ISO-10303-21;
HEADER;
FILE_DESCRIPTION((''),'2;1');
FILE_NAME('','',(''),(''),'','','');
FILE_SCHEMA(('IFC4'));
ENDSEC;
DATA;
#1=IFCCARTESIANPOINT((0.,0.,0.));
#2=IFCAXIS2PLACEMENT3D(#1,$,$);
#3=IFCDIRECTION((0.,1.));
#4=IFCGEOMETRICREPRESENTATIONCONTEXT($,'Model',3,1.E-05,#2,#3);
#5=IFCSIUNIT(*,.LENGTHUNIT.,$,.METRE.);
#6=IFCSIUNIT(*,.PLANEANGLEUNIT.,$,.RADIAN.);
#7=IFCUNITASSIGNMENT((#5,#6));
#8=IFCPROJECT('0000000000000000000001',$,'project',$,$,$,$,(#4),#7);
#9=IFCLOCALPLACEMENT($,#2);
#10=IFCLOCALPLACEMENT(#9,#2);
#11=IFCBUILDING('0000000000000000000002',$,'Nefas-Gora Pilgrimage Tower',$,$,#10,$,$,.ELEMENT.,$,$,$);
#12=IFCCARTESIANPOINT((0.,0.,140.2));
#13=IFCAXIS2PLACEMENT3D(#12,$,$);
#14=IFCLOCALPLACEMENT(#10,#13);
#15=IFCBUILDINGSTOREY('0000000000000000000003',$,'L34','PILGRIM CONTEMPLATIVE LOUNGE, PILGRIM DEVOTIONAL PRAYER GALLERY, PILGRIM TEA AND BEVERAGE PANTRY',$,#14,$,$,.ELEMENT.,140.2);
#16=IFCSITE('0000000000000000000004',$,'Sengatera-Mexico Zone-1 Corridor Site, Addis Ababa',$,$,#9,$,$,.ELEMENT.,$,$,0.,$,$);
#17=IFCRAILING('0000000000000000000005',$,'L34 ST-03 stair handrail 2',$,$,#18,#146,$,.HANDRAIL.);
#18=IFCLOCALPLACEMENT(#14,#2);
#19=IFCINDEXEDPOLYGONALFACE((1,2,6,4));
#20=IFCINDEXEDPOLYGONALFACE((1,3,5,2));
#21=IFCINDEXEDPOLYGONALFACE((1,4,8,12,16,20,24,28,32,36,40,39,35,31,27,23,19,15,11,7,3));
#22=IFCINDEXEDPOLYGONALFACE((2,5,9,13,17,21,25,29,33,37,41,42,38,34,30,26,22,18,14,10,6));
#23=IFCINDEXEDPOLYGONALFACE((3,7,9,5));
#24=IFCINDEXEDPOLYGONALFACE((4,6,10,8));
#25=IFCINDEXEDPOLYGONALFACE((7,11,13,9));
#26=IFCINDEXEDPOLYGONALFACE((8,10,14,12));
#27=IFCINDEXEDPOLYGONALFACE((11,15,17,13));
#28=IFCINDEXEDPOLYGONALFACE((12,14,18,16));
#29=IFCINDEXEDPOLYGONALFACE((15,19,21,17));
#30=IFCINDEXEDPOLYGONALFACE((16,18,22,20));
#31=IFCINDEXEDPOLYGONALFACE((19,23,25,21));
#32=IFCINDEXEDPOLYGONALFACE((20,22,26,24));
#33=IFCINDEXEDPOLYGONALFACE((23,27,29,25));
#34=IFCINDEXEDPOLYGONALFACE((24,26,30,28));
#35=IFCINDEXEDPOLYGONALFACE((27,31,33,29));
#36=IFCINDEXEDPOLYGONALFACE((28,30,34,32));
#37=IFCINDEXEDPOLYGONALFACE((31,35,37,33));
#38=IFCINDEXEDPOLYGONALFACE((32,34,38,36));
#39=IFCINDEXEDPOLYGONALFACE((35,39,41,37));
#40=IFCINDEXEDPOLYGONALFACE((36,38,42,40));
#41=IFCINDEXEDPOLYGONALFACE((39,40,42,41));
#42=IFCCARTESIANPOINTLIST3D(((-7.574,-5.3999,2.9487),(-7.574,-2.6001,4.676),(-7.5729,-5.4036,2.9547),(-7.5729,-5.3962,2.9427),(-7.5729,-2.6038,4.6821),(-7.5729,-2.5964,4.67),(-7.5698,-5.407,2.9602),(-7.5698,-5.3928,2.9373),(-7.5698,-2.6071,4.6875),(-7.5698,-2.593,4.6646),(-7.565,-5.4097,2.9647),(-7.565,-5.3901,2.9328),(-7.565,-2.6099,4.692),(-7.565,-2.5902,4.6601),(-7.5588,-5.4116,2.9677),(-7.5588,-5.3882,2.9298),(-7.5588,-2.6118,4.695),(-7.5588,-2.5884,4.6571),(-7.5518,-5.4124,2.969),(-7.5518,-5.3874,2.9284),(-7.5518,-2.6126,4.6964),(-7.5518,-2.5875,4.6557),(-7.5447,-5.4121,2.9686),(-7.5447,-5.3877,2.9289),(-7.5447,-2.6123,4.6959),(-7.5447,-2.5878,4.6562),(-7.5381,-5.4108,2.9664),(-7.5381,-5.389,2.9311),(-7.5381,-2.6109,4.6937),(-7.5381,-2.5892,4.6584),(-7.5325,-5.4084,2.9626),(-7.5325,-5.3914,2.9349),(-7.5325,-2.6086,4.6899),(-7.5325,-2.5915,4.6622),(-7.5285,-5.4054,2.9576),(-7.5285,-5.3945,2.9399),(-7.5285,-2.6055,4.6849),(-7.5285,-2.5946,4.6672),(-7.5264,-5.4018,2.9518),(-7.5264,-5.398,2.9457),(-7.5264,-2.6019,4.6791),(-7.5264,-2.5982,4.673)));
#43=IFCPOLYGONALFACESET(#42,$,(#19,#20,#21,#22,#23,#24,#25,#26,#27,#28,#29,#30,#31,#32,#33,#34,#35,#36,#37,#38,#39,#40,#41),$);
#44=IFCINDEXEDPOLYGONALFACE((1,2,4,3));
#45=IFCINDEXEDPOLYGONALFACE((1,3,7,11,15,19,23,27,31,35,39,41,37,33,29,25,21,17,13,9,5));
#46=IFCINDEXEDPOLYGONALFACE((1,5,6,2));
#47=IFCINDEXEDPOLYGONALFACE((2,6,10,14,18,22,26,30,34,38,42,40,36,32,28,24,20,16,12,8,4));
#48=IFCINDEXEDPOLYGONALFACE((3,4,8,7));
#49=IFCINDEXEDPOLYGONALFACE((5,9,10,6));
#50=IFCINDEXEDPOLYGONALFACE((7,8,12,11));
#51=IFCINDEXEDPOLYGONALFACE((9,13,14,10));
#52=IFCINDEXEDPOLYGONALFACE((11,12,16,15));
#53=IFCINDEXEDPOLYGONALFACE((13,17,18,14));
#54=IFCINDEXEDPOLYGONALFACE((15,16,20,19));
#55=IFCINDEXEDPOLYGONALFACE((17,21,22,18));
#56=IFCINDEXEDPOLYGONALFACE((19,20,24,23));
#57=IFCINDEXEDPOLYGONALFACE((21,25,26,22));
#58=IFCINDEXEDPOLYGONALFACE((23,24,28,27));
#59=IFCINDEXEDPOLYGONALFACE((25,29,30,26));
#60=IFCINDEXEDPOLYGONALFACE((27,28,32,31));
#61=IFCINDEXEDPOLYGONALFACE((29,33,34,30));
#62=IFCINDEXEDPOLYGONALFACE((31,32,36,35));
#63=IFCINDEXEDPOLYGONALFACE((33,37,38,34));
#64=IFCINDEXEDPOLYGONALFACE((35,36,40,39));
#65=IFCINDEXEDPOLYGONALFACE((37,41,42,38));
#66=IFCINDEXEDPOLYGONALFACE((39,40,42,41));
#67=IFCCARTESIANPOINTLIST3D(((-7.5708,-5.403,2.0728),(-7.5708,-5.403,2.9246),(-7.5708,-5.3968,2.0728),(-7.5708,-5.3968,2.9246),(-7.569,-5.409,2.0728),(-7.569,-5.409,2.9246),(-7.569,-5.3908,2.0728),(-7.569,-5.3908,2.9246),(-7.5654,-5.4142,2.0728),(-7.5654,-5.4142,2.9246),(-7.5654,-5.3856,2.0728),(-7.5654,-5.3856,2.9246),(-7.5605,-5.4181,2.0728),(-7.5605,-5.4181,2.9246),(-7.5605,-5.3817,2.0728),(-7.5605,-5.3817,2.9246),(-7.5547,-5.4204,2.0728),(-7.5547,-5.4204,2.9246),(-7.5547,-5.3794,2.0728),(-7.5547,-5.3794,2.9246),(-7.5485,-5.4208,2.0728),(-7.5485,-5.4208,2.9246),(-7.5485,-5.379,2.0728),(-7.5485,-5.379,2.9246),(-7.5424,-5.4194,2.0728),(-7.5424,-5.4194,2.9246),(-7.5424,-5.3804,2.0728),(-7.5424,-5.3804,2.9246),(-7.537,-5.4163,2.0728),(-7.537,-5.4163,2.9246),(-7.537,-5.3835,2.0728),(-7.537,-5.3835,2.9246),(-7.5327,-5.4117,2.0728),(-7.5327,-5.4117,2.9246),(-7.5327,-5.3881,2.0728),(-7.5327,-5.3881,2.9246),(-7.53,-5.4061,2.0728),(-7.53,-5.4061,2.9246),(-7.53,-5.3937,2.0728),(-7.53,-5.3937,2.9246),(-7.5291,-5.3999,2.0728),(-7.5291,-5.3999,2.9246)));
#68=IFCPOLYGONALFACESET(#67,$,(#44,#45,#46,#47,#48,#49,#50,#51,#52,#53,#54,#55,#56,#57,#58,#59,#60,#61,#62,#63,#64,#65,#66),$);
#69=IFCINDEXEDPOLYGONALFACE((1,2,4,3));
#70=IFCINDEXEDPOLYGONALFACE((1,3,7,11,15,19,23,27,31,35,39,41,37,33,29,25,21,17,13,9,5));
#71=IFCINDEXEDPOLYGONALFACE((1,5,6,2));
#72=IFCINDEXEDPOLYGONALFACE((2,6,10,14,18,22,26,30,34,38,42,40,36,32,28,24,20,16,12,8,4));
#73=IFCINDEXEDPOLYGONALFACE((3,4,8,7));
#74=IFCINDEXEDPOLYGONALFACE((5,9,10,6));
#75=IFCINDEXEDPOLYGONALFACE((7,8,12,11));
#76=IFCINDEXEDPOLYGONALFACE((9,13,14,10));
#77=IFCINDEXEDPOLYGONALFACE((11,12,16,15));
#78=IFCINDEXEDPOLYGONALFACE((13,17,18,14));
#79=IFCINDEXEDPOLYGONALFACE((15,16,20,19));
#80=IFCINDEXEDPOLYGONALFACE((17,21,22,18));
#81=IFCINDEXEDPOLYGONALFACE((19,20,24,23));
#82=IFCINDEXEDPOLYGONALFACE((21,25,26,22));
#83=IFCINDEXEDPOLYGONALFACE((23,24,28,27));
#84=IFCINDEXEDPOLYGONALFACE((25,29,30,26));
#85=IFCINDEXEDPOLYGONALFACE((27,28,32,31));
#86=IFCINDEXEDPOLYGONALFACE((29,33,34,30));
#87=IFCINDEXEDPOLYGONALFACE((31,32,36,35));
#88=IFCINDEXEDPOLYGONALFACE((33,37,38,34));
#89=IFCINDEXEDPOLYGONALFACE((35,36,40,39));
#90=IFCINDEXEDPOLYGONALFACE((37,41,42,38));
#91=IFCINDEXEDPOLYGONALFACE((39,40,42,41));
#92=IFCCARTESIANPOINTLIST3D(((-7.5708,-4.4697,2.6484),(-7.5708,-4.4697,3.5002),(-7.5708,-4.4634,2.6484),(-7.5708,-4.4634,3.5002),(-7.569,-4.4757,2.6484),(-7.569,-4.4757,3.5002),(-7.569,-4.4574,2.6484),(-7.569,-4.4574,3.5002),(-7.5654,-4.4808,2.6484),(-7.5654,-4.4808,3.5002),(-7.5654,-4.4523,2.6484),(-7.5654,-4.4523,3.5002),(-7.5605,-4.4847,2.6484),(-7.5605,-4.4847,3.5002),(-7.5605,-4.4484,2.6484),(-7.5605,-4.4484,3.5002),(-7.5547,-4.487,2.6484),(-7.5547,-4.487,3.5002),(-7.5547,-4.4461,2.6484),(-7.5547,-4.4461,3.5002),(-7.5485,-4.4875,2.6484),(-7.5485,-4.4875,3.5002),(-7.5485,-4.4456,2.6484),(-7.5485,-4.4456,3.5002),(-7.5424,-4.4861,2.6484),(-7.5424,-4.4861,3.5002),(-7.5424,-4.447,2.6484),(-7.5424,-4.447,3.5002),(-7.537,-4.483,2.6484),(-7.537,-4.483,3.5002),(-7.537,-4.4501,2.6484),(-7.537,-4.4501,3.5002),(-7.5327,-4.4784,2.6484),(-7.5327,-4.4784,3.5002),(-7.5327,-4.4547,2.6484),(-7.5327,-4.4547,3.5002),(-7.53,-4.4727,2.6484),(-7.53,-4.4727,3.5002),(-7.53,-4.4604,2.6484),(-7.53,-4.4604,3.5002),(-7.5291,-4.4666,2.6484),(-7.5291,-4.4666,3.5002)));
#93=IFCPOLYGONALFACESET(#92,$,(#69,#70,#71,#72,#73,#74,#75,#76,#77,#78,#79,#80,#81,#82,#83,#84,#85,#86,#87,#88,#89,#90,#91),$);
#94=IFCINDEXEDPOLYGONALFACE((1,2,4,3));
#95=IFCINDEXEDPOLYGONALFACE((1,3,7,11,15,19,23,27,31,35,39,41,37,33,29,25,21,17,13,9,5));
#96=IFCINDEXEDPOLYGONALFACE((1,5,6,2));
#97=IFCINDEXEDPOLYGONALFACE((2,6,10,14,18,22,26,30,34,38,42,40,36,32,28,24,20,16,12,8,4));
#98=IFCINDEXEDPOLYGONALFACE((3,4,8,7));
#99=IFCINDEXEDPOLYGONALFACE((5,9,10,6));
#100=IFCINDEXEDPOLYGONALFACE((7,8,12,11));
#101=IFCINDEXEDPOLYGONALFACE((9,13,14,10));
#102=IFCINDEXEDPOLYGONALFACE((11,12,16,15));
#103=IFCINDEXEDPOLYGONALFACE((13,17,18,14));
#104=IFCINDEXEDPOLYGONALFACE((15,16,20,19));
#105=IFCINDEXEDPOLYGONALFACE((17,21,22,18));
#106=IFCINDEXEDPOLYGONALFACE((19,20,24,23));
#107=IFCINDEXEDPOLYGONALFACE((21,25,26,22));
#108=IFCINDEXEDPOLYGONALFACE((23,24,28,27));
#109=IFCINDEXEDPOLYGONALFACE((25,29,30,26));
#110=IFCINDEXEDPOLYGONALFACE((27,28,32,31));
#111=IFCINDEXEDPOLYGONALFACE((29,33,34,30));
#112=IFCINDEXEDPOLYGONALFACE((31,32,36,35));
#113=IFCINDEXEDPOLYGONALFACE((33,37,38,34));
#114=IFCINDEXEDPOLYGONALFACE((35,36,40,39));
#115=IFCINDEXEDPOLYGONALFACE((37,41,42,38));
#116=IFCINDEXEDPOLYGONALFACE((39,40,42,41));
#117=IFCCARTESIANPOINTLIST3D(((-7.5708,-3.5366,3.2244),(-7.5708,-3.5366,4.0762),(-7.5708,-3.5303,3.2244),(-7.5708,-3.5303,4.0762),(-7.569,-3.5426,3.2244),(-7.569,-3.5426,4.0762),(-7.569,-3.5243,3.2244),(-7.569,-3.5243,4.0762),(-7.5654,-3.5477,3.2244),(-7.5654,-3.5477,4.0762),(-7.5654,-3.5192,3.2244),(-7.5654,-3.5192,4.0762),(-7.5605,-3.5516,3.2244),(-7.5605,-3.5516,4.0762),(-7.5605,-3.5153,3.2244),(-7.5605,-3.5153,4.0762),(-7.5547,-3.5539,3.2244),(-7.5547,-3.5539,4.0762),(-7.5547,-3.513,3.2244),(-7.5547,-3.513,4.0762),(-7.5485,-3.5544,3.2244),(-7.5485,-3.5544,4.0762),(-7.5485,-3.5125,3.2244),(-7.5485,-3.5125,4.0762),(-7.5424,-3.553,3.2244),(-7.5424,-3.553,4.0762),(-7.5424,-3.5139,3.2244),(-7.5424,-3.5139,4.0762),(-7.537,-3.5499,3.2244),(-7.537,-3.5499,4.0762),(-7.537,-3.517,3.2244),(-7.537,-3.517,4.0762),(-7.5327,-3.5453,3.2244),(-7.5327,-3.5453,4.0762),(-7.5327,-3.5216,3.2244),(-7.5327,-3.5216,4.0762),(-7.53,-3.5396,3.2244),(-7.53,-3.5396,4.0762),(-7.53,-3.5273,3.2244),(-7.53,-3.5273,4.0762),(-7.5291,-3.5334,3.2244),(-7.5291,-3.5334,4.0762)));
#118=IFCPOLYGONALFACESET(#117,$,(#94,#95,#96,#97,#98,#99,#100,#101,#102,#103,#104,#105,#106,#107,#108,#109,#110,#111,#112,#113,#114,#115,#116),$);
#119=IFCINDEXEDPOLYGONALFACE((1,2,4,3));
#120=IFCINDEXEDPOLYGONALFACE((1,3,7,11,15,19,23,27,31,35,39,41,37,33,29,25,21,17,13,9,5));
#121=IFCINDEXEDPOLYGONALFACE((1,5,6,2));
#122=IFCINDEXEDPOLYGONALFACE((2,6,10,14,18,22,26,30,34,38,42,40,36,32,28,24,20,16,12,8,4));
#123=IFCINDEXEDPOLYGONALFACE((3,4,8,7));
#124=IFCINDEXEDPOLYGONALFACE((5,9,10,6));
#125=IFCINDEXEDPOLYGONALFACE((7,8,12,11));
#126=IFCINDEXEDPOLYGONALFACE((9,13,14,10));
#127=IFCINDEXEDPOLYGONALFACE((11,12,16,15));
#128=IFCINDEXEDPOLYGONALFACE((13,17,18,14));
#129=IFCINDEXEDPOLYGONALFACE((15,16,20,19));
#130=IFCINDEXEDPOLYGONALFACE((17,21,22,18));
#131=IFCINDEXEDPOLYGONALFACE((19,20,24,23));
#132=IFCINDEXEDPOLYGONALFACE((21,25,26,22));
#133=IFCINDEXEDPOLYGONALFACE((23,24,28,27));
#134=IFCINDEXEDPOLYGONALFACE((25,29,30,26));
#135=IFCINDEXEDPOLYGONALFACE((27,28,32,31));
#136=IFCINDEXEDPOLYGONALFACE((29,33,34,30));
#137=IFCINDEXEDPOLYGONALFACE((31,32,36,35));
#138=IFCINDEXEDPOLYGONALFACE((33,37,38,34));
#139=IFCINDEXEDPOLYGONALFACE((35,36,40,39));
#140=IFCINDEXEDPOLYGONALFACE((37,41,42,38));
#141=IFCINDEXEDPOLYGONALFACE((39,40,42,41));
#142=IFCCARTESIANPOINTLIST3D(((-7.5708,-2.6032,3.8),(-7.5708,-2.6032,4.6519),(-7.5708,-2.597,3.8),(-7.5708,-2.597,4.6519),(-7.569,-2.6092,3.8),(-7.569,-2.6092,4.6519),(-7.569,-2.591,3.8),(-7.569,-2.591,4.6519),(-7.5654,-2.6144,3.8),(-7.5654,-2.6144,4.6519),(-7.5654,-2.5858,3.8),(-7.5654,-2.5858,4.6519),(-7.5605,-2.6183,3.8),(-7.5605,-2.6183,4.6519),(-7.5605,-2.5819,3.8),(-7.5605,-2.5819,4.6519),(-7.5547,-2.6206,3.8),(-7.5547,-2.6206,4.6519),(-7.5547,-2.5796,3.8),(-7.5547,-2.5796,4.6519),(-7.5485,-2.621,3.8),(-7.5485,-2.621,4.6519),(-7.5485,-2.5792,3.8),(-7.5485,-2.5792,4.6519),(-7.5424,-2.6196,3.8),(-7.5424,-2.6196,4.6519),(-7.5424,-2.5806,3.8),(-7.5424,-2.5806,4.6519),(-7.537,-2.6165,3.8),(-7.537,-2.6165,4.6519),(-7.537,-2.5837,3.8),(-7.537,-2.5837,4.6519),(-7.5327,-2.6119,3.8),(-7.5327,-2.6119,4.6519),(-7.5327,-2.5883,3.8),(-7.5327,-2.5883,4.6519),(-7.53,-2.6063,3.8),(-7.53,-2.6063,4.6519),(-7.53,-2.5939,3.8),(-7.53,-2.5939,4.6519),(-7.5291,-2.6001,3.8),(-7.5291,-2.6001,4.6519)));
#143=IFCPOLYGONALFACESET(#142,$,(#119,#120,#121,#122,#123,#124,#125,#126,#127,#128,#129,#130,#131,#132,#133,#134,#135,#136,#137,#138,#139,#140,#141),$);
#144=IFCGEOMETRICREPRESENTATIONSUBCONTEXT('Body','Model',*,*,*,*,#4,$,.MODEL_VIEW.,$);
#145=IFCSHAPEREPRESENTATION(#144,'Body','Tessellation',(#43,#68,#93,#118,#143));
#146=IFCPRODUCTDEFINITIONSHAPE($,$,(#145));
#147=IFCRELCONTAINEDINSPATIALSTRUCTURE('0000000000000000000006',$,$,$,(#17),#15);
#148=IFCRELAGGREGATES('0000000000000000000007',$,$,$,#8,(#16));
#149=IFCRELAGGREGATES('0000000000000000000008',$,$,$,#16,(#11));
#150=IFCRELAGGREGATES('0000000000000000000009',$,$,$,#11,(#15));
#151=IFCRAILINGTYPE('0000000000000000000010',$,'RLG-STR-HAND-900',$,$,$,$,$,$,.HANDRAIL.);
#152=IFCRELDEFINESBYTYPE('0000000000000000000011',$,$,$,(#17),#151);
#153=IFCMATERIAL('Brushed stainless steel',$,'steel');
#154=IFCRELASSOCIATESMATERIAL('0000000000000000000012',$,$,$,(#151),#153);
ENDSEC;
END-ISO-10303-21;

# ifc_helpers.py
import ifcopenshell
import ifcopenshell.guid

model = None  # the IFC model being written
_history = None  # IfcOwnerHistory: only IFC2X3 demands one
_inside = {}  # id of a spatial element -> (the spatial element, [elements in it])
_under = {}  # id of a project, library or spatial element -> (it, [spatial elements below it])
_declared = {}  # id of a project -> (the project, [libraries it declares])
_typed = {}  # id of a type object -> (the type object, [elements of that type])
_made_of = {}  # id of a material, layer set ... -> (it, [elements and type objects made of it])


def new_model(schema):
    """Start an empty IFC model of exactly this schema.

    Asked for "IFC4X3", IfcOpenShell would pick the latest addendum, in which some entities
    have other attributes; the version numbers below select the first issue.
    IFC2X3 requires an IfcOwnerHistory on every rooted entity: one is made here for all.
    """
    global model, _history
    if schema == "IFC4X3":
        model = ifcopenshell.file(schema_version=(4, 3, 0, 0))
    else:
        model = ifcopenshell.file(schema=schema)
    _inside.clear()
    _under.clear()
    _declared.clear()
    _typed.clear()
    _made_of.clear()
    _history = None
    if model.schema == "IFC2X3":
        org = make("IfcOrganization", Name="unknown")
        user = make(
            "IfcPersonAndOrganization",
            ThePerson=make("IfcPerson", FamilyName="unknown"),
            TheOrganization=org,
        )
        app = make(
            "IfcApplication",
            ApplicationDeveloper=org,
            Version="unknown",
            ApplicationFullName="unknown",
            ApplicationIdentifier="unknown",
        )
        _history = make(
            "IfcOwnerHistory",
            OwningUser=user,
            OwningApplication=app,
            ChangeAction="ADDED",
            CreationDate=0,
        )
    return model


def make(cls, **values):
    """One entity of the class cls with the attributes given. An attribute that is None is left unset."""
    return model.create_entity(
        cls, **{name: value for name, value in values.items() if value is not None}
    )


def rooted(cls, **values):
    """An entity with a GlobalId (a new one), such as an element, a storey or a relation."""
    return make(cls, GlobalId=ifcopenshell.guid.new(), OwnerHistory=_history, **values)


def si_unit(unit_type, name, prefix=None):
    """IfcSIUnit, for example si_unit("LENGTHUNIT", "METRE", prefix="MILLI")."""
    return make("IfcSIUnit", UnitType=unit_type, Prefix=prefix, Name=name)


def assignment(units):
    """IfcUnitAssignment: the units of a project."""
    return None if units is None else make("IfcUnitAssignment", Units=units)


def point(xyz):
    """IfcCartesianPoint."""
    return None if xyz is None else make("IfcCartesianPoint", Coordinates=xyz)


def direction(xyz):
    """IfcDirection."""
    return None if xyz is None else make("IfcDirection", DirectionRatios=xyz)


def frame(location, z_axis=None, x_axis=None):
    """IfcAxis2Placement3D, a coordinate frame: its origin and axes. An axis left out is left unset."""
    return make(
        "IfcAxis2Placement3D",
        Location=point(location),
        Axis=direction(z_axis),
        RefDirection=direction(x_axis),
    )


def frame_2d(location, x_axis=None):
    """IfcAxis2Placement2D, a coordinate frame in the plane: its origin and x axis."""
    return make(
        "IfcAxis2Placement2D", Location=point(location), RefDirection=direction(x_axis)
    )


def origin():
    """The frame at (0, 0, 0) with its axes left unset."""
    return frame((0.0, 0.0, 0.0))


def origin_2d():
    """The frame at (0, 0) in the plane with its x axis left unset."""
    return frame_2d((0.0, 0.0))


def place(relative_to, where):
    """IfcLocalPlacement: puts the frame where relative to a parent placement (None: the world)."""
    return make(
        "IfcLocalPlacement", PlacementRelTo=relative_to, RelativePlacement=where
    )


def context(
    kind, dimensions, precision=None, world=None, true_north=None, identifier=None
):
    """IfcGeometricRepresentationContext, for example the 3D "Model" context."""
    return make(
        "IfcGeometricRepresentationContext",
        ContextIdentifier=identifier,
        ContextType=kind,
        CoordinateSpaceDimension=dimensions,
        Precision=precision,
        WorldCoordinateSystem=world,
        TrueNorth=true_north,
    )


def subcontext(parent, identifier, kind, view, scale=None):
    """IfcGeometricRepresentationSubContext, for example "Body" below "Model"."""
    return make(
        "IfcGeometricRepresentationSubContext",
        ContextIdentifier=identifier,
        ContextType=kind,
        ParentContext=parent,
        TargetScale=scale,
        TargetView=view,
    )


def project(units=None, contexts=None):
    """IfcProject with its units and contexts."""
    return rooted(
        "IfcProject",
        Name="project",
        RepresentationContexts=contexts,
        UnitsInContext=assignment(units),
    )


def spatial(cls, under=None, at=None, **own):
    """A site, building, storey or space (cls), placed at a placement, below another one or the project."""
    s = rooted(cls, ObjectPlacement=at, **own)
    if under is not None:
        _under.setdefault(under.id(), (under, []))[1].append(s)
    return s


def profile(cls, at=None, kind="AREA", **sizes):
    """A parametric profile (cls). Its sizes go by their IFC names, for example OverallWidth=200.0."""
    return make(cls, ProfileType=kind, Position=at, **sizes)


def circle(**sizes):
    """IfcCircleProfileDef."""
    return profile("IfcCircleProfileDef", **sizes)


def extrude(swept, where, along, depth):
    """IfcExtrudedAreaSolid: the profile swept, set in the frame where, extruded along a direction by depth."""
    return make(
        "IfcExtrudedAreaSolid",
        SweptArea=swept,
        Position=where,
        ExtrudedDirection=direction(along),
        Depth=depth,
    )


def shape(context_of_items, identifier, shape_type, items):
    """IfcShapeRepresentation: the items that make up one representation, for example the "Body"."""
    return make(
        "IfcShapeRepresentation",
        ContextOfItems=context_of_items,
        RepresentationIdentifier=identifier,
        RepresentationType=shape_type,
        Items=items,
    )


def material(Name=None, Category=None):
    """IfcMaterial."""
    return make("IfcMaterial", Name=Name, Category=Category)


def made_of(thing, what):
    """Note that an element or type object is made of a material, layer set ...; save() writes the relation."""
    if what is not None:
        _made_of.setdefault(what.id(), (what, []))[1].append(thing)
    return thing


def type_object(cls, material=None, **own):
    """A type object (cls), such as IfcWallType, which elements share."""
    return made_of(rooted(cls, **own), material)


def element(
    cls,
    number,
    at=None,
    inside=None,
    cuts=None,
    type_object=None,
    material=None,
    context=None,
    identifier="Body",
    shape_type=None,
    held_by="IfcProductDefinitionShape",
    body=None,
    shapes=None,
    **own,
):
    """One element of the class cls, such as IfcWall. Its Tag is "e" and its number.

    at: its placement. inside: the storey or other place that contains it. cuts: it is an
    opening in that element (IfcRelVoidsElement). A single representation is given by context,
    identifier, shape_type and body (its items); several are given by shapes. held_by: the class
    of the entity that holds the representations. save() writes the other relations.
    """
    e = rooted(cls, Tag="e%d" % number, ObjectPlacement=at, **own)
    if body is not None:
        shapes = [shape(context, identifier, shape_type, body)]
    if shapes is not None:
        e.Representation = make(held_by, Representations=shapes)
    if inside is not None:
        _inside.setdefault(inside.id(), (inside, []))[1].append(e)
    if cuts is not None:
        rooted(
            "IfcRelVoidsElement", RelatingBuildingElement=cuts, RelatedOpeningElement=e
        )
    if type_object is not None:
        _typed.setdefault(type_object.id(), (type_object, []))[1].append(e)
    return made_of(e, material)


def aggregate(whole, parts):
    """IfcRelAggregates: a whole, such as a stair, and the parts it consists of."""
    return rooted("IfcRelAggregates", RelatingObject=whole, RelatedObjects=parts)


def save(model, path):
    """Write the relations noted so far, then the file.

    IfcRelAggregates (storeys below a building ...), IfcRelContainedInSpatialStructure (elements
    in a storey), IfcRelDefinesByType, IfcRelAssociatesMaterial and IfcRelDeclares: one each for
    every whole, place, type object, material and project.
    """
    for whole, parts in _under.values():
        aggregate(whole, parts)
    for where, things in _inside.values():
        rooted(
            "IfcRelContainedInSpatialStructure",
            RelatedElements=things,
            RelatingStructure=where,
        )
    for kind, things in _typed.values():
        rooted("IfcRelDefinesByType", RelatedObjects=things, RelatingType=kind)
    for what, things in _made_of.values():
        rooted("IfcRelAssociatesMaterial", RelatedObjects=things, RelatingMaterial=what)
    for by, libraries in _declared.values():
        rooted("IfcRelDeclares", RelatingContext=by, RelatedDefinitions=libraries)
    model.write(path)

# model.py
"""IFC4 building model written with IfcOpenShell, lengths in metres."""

from ifc_helpers import new_model, si_unit, direction, frame, origin, origin_2d, place, context, subcontext, project, spatial, circle, extrude, material, type_object, element, save


model = new_model("IFC4")

# Units and contexts
model_context = context("Model", 3, precision=1e-05, world=origin(), true_north=direction((0.0, 1.0)))
body_context = subcontext(model_context, "Body", "Model", "MODEL_VIEW")
ifc_project = project(units=[si_unit("LENGTHUNIT", "METRE"), si_unit("PLANEANGLEUNIT", "RADIAN")], contexts=[model_context])

# Site, building, storey
site_placement = place(None, origin())
site = spatial("IfcSite", under=ifc_project, at=site_placement, Name="Sengatera-Mexico Zone-1 Corridor Site, Addis Ababa", CompositionType="ELEMENT", RefElevation=0.0)
building_placement = place(site_placement, origin())
building = spatial("IfcBuilding", under=site, at=building_placement, Name="Nefas-Gora Pilgrimage Tower", CompositionType="ELEMENT")
storey_placement = place(building_placement, frame((0.0, 0.0, 140.2)))
storey = spatial("IfcBuildingStorey", under=building, at=storey_placement, Name="L34", Description="PILGRIM CONTEMPLATIVE LOUNGE, PILGRIM DEVOTIONAL PRAYER GALLERY, PILGRIM TEA AND BEVERAGE PANTRY", CompositionType="ELEMENT", Elevation=140.2)

# Railing
ifc_material_1 = material(Name="Brushed stainless steel", Category="steel")
railing_type_1 = type_object("IfcRailingType", Name="RLG-STR-HAND-900", PredefinedType="HANDRAIL", material=ifc_material_1)
railing_1_placement = place(storey_placement, frame((-7.55, -5.3999, 2.0728)))
element("IfcRailing", 1, at=railing_1_placement, inside=storey, type_object=railing_type_1, Name="L34 ST-03 stair handrail 2", PredefinedType="HANDRAIL", context=body_context, shape_type="SweptSolid", body=[
    extrude(circle(Radius=0.0239, at=origin_2d()), frame((0.0, 0.0, 0.876), z_axis=(0.0, 0.851069, 0.525054), x_axis=(-1.0, 0.0, 0.0)), (0.0, 0.0, 1.0), 3.2898),
    extrude(circle(Radius=0.021, at=origin_2d()), origin(), (0.0, 0.0, 1.0), 0.8518),
    extrude(circle(Radius=0.021, at=origin_2d()), frame((0.0, 0.9333, 0.5757)), (0.0, 0.0, 1.0), 0.8518),
    extrude(circle(Radius=0.021, at=origin_2d()), frame((0.0, 1.8665, 1.1516)), (0.0, 0.0, 1.0), 0.8518),
    extrude(circle(Radius=0.021, at=origin_2d()), frame((0.0, 2.7998, 1.7273)), (0.0, 0.0, 1.0), 0.8518),
])

save(model, "model.ifc")
